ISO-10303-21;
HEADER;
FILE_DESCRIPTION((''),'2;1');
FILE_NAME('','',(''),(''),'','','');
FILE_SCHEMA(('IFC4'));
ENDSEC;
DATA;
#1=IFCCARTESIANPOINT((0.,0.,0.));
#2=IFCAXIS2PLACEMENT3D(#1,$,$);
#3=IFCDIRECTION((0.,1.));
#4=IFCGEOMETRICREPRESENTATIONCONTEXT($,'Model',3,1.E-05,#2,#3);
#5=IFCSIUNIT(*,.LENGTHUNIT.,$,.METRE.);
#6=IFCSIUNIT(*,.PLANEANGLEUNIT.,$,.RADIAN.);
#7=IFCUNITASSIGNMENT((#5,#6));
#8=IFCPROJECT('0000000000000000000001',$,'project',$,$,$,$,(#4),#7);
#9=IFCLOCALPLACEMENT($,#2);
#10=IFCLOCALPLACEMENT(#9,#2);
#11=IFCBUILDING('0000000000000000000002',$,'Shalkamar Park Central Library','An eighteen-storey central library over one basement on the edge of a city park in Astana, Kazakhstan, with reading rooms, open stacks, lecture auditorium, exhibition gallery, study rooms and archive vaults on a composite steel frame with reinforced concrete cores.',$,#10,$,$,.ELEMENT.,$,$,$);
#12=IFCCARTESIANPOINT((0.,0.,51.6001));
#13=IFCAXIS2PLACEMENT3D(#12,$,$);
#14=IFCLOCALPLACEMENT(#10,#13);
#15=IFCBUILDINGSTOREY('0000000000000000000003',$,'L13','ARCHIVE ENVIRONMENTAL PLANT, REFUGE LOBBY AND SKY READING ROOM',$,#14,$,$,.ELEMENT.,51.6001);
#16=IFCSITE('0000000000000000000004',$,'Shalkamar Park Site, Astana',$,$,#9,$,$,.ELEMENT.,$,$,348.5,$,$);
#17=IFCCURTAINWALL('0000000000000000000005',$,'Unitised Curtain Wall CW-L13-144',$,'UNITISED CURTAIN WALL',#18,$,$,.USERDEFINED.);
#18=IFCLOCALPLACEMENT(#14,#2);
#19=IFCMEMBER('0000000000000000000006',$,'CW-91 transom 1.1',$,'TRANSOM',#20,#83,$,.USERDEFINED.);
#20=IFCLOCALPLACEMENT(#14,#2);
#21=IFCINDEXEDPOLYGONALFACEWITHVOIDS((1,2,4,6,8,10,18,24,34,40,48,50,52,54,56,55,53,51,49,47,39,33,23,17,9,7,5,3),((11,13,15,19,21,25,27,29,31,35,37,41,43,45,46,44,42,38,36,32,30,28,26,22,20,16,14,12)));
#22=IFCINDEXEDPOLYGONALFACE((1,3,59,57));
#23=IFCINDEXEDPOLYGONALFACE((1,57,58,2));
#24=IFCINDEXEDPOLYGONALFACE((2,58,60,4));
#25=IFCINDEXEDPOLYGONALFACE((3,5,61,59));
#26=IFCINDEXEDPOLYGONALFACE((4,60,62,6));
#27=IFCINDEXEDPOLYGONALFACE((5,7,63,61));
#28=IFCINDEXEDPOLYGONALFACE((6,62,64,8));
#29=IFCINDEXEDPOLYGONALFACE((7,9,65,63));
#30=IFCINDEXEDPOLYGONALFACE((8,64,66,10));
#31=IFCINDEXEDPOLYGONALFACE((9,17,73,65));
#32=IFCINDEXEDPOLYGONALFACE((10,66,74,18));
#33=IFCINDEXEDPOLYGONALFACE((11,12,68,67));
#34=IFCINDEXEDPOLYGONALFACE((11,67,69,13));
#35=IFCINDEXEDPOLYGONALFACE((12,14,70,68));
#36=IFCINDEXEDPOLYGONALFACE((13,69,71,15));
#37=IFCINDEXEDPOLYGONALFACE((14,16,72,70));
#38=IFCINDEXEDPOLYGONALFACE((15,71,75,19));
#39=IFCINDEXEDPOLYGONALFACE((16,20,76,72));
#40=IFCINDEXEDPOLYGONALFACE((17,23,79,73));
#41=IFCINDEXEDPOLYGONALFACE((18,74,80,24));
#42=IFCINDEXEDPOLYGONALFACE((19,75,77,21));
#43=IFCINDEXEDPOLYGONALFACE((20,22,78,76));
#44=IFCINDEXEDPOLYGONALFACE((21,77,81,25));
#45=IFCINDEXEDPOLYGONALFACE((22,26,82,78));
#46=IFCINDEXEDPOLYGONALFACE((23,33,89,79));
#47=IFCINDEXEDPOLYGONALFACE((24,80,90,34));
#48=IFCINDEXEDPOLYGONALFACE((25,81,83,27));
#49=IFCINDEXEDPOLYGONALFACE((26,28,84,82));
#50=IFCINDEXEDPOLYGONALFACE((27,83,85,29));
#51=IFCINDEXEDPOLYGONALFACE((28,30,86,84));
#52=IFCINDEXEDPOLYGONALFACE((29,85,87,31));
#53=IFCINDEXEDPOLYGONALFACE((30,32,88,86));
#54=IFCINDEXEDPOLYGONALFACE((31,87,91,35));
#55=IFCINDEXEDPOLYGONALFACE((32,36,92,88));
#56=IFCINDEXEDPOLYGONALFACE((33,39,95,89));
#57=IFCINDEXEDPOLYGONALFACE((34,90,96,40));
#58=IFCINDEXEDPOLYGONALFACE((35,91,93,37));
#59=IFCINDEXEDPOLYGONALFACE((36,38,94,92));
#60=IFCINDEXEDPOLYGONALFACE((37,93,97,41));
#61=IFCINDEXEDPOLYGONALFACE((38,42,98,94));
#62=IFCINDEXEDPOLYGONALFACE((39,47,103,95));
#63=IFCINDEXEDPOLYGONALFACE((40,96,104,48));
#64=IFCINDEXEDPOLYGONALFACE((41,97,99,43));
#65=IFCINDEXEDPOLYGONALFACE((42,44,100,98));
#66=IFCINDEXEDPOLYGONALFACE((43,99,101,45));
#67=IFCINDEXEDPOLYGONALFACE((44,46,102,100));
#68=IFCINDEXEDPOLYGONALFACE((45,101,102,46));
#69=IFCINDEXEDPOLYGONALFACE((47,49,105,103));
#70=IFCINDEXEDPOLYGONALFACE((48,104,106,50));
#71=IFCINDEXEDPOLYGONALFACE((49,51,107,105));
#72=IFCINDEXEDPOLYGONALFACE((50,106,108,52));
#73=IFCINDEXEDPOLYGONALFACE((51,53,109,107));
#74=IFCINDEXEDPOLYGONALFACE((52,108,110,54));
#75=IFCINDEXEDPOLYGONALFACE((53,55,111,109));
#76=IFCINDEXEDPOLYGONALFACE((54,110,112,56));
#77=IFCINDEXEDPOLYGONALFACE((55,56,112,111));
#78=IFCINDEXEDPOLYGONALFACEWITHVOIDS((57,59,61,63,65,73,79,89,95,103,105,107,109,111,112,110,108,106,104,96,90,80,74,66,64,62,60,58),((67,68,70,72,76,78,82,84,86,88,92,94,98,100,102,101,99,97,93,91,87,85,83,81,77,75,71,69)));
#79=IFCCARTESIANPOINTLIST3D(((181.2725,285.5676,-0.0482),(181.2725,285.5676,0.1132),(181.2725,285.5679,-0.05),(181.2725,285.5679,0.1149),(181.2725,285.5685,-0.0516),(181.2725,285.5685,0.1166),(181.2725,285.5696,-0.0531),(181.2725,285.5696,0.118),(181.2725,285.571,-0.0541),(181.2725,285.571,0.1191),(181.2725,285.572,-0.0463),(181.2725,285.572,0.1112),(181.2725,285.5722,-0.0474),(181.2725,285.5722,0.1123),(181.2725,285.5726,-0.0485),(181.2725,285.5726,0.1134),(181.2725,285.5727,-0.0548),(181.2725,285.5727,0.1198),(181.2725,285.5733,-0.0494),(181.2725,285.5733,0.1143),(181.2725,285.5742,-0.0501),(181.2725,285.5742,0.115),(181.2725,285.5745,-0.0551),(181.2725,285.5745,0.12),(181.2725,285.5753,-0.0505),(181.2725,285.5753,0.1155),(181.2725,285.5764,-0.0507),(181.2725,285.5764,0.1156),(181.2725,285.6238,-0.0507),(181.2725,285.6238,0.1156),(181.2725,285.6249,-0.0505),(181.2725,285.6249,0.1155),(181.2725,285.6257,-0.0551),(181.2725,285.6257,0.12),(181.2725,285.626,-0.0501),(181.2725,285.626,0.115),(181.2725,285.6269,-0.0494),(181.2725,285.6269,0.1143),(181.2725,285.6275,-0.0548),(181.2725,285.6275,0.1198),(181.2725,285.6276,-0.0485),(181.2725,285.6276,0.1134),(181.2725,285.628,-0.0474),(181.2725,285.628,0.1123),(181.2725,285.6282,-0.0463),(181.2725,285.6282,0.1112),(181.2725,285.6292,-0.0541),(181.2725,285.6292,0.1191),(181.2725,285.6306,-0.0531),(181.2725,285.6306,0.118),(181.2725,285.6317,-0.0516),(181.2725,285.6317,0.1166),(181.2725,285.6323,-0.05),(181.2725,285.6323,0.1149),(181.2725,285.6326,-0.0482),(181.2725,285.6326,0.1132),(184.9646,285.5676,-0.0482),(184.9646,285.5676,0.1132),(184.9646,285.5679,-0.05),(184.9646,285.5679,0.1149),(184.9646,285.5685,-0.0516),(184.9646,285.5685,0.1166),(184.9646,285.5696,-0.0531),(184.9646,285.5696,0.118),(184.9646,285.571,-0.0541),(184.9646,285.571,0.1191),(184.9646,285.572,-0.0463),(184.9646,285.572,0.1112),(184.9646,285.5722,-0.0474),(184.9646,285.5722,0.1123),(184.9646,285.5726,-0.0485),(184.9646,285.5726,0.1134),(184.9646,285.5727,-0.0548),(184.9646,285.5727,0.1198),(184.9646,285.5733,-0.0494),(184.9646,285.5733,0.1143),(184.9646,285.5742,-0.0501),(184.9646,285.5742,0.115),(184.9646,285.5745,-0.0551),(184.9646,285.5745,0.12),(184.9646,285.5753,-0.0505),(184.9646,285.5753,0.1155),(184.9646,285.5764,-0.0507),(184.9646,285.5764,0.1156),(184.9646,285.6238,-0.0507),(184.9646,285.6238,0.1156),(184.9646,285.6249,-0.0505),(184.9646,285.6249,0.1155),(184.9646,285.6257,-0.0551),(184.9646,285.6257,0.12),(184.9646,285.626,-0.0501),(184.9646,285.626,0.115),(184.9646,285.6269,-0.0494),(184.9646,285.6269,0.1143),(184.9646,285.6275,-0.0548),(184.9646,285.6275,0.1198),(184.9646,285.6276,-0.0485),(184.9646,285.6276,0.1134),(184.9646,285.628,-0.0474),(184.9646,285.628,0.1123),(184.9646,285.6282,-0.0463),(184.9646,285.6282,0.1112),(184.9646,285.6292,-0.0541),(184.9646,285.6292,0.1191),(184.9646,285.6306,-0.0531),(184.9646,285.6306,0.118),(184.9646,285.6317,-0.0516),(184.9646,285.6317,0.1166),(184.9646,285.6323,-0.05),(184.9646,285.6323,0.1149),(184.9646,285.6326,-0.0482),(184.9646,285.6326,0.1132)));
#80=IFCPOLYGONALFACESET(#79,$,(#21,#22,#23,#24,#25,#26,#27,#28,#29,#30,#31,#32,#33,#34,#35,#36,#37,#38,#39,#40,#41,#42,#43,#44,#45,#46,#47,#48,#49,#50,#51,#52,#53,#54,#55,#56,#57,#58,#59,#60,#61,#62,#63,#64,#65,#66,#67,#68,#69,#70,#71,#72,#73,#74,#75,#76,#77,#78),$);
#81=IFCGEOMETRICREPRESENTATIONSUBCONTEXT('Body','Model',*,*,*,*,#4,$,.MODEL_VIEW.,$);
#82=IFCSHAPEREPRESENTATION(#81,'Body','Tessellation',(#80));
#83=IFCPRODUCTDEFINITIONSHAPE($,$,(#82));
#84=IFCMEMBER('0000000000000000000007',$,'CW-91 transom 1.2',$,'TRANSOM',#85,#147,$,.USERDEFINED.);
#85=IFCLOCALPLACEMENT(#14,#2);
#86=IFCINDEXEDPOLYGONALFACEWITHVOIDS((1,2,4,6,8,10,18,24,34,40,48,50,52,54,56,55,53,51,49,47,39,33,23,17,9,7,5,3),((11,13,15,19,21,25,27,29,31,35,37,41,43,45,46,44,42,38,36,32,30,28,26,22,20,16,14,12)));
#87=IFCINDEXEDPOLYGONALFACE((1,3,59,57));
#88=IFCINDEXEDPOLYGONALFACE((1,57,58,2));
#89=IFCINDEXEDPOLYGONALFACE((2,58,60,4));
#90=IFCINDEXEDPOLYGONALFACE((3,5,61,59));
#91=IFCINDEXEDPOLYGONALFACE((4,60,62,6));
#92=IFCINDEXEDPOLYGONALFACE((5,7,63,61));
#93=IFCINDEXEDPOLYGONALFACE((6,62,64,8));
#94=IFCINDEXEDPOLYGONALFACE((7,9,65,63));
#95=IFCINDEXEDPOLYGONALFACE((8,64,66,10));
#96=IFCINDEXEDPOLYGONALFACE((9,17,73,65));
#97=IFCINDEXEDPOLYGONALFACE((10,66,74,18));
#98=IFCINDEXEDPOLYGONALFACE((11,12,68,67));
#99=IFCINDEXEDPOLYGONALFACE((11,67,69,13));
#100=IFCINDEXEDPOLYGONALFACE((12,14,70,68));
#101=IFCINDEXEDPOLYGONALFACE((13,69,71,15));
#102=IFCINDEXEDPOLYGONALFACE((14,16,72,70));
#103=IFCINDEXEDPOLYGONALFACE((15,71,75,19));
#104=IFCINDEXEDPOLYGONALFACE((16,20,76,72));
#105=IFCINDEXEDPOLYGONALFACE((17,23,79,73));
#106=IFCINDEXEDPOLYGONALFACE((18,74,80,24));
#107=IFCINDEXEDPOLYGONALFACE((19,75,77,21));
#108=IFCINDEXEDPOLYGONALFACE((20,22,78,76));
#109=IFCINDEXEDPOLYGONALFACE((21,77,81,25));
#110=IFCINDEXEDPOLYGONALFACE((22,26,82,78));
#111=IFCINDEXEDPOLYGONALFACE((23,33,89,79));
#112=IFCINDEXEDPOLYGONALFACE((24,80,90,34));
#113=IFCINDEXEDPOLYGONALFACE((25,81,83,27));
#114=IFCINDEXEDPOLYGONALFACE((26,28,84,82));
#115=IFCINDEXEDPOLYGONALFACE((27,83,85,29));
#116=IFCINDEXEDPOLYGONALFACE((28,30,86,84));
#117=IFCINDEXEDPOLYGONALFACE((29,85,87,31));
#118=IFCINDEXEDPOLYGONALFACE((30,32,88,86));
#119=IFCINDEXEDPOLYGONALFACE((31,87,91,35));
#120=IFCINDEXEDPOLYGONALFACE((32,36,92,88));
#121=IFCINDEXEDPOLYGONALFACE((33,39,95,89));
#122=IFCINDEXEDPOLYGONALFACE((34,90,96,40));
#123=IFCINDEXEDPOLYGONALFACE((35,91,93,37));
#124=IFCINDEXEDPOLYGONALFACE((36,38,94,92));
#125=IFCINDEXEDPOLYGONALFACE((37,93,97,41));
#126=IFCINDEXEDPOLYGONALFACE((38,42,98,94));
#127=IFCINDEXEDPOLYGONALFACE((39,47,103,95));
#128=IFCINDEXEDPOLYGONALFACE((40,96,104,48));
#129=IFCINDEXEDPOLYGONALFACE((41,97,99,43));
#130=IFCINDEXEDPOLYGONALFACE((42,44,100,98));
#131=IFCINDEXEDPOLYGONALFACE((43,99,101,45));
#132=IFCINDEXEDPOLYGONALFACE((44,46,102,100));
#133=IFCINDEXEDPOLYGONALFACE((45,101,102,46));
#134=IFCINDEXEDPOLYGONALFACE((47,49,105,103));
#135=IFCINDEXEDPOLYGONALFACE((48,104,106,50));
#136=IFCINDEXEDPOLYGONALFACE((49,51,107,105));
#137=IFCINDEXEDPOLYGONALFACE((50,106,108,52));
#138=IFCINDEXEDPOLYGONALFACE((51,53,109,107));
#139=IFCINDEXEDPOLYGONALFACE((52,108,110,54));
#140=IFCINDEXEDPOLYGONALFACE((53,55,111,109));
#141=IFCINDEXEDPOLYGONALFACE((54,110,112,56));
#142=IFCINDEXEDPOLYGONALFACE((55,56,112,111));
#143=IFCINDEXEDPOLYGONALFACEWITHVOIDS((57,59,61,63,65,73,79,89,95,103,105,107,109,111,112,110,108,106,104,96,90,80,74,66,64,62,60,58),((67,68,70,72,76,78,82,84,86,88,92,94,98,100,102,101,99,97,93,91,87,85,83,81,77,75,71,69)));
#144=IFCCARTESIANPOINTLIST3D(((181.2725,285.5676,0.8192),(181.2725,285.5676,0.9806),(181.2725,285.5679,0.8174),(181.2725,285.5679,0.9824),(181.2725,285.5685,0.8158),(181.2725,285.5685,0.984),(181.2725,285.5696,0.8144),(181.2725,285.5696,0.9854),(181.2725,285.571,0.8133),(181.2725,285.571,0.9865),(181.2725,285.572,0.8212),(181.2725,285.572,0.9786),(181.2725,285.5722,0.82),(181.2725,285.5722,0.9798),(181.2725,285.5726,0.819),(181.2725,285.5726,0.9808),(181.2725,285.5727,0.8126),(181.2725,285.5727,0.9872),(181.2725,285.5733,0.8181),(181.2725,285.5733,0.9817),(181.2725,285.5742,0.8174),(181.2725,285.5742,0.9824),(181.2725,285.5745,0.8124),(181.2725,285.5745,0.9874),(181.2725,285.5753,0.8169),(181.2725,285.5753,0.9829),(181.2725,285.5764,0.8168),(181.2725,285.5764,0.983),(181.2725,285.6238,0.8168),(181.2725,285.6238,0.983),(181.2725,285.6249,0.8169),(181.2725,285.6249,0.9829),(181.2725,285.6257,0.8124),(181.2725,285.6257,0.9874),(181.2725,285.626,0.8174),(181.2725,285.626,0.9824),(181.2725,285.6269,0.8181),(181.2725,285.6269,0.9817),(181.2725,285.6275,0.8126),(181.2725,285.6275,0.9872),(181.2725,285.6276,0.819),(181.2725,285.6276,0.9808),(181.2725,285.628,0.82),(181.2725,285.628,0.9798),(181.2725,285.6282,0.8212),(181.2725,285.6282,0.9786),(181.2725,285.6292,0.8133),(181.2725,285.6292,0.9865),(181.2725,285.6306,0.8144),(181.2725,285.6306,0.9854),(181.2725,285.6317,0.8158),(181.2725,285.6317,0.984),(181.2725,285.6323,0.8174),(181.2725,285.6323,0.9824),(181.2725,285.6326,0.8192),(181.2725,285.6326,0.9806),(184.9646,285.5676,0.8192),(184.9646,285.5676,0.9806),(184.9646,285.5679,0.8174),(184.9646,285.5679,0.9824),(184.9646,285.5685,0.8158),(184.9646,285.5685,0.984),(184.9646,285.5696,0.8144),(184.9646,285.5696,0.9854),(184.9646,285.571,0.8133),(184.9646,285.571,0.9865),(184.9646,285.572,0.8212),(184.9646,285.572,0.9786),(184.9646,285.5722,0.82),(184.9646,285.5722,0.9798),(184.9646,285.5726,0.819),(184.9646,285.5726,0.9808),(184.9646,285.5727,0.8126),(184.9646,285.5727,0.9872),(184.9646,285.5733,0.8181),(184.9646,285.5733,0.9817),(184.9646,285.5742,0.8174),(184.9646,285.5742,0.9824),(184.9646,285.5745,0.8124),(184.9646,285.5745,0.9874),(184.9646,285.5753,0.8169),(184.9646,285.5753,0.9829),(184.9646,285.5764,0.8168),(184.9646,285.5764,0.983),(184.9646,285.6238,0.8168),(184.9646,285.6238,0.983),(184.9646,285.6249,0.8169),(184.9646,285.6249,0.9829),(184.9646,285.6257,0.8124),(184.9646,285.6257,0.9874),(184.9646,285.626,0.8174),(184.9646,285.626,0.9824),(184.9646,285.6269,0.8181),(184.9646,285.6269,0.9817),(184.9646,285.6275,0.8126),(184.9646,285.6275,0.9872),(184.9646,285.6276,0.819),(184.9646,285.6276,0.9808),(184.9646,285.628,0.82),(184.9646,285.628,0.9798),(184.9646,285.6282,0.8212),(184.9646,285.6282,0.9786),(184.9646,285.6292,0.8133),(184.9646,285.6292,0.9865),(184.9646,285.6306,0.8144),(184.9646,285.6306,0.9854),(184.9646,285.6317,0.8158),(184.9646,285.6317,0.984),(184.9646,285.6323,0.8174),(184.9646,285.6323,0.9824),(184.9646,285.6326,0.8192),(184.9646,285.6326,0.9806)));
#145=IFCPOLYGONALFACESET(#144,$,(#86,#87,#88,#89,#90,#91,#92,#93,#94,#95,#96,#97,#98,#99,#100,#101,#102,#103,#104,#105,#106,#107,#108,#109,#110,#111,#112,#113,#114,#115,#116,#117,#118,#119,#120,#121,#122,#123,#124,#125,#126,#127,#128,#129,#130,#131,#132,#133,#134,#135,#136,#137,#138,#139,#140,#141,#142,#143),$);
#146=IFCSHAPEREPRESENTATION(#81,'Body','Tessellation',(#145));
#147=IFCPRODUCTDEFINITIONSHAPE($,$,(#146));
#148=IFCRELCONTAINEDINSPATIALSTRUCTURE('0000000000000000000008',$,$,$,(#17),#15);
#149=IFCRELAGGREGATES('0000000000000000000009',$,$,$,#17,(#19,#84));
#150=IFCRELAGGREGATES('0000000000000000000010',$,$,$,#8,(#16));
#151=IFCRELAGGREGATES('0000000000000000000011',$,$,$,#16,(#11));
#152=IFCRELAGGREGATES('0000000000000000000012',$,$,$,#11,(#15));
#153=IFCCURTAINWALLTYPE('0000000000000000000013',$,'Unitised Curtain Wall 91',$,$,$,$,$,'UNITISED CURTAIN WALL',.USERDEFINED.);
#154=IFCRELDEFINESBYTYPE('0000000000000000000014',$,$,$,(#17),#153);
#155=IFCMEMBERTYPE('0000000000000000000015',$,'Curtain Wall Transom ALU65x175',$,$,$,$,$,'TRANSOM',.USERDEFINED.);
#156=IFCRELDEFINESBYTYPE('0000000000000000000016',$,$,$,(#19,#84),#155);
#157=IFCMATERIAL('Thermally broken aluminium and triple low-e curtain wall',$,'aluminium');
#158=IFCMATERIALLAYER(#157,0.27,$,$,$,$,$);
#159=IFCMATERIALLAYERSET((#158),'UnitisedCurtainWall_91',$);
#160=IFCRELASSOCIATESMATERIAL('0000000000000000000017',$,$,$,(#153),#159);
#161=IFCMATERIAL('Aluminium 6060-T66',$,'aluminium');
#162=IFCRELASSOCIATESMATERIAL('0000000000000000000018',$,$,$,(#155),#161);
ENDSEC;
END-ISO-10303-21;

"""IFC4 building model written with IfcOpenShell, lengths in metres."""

from ifc_helpers import new_model, si_unit, direction, frame, origin, origin_2d, place, context, subcontext, project, spatial, hollow_rectangle, extrude, material, layer, layer_set, material_profile, profile_set, type_object, element, aggregate, save


model = new_model("IFC4")

# Units and contexts
model_context = context("Model", 3, precision=1e-05, world=origin(), true_north=direction((0.0, 1.0)))
body_context = subcontext(model_context, "Body", "Model", "MODEL_VIEW")
ifc_project = project(units=[si_unit("LENGTHUNIT", "METRE"), si_unit("PLANEANGLEUNIT", "RADIAN")], contexts=[model_context])

# Site, building, storey
site_placement = place(None, origin())
site = spatial("IfcSite", under=ifc_project, at=site_placement, Name="Shalkamar Park Site, Astana", CompositionType="ELEMENT", RefElevation=348.5)
building_placement = place(site_placement, origin())
building = spatial("IfcBuilding", under=site, at=building_placement, Name="Shalkamar Park Central Library", Description="An eighteen-storey central library over one basement on the edge of a city park in Astana, Kazakhstan, with reading rooms, open stacks, lecture auditorium, exhibition gallery, study rooms and archive vaults on a composite steel frame with reinforced concrete cores.", CompositionType="ELEMENT")
storey_placement = place(building_placement, frame((0.0, 0.0, 51.6001)))
storey = spatial("IfcBuildingStorey", under=building, at=storey_placement, Name="L13", Description="ARCHIVE ENVIRONMENTAL PLANT, REFUGE LOBBY AND SKY READING ROOM", CompositionType="ELEMENT", Elevation=51.6001)

# Shared definitions
ifc_material_1 = material(Name="Thermally broken aluminium and triple low-e curtain wall", Category="aluminium")
ifc_material_2 = material(Name="Aluminium 6060-T66", Category="aluminium")

# Curtain wall
ifc_layer_1 = layer(ifc_material_1, 0.27)
ifc_layer_set_1 = layer_set([ifc_layer_1], Name="UnitisedCurtainWall_91")
curtain_wall_type_1 = type_object("IfcCurtainWallType", Name="Unitised Curtain Wall 91", ElementType="UNITISED CURTAIN WALL", PredefinedType="USERDEFINED", material=ifc_layer_set_1)
curtain_wall_1_placement = place(storey_placement, origin())
curtain_wall_1 = element("IfcCurtainWall", 1, at=curtain_wall_1_placement, inside=storey, type_object=curtain_wall_type_1, Name="Unitised Curtain Wall CW-L13-144", ObjectType="UNITISED CURTAIN WALL", PredefinedType="USERDEFINED")

# Members
ifc_material_profile_1 = material_profile(ifc_material_2, hollow_rectangle(XDim=0.0649, YDim=0.175, WallThickness=0.0044, InnerFilletRadius=0.0044, OuterFilletRadius=0.0068, at=origin_2d()), Name="ALU 65x175x4.5")
ifc_profile_set_1 = profile_set([ifc_material_profile_1], Name="Aluminium 6060-T66")
member_type_1 = type_object("IfcMemberType", Name="Curtain Wall Transom ALU65x175", ElementType="TRANSOM", PredefinedType="USERDEFINED", material=ifc_profile_set_1)
member_1_placement = place(storey_placement, frame((181.2725, 285.6001, 0.0325), z_axis=(1.0, 0.0, 0.0), x_axis=(0.0, 1.0, 0.0)))
member_1 = element("IfcMember", 2, at=member_1_placement, type_object=member_type_1, Name="CW-91 transom 1.1", ObjectType="TRANSOM", PredefinedType="USERDEFINED", context=body_context, shape_type="SweptSolid", body=[
    extrude(hollow_rectangle(XDim=0.0649, YDim=0.175, WallThickness=0.0044, InnerFilletRadius=0.0044, OuterFilletRadius=0.0068, at=origin_2d()), origin(), (0.0, 0.0, 1.0), 3.6921),
])
member_2_placement = place(storey_placement, frame((181.2725, 285.6001, 0.8999), z_axis=(1.0, 0.0, 0.0), x_axis=(0.0, 1.0, 0.0)))
member_2 = element("IfcMember", 3, at=member_2_placement, type_object=member_type_1, Name="CW-91 transom 1.2", ObjectType="TRANSOM", PredefinedType="USERDEFINED", context=body_context, shape_type="SweptSolid", body=[
    extrude(hollow_rectangle(XDim=0.0649, YDim=0.175, WallThickness=0.0044, InnerFilletRadius=0.0044, OuterFilletRadius=0.0068, at=origin_2d()), origin(), (0.0, 0.0, 1.0), 3.6921),
])

aggregate(curtain_wall_1, [member_1, member_2])

save(model, "model.ifc")
